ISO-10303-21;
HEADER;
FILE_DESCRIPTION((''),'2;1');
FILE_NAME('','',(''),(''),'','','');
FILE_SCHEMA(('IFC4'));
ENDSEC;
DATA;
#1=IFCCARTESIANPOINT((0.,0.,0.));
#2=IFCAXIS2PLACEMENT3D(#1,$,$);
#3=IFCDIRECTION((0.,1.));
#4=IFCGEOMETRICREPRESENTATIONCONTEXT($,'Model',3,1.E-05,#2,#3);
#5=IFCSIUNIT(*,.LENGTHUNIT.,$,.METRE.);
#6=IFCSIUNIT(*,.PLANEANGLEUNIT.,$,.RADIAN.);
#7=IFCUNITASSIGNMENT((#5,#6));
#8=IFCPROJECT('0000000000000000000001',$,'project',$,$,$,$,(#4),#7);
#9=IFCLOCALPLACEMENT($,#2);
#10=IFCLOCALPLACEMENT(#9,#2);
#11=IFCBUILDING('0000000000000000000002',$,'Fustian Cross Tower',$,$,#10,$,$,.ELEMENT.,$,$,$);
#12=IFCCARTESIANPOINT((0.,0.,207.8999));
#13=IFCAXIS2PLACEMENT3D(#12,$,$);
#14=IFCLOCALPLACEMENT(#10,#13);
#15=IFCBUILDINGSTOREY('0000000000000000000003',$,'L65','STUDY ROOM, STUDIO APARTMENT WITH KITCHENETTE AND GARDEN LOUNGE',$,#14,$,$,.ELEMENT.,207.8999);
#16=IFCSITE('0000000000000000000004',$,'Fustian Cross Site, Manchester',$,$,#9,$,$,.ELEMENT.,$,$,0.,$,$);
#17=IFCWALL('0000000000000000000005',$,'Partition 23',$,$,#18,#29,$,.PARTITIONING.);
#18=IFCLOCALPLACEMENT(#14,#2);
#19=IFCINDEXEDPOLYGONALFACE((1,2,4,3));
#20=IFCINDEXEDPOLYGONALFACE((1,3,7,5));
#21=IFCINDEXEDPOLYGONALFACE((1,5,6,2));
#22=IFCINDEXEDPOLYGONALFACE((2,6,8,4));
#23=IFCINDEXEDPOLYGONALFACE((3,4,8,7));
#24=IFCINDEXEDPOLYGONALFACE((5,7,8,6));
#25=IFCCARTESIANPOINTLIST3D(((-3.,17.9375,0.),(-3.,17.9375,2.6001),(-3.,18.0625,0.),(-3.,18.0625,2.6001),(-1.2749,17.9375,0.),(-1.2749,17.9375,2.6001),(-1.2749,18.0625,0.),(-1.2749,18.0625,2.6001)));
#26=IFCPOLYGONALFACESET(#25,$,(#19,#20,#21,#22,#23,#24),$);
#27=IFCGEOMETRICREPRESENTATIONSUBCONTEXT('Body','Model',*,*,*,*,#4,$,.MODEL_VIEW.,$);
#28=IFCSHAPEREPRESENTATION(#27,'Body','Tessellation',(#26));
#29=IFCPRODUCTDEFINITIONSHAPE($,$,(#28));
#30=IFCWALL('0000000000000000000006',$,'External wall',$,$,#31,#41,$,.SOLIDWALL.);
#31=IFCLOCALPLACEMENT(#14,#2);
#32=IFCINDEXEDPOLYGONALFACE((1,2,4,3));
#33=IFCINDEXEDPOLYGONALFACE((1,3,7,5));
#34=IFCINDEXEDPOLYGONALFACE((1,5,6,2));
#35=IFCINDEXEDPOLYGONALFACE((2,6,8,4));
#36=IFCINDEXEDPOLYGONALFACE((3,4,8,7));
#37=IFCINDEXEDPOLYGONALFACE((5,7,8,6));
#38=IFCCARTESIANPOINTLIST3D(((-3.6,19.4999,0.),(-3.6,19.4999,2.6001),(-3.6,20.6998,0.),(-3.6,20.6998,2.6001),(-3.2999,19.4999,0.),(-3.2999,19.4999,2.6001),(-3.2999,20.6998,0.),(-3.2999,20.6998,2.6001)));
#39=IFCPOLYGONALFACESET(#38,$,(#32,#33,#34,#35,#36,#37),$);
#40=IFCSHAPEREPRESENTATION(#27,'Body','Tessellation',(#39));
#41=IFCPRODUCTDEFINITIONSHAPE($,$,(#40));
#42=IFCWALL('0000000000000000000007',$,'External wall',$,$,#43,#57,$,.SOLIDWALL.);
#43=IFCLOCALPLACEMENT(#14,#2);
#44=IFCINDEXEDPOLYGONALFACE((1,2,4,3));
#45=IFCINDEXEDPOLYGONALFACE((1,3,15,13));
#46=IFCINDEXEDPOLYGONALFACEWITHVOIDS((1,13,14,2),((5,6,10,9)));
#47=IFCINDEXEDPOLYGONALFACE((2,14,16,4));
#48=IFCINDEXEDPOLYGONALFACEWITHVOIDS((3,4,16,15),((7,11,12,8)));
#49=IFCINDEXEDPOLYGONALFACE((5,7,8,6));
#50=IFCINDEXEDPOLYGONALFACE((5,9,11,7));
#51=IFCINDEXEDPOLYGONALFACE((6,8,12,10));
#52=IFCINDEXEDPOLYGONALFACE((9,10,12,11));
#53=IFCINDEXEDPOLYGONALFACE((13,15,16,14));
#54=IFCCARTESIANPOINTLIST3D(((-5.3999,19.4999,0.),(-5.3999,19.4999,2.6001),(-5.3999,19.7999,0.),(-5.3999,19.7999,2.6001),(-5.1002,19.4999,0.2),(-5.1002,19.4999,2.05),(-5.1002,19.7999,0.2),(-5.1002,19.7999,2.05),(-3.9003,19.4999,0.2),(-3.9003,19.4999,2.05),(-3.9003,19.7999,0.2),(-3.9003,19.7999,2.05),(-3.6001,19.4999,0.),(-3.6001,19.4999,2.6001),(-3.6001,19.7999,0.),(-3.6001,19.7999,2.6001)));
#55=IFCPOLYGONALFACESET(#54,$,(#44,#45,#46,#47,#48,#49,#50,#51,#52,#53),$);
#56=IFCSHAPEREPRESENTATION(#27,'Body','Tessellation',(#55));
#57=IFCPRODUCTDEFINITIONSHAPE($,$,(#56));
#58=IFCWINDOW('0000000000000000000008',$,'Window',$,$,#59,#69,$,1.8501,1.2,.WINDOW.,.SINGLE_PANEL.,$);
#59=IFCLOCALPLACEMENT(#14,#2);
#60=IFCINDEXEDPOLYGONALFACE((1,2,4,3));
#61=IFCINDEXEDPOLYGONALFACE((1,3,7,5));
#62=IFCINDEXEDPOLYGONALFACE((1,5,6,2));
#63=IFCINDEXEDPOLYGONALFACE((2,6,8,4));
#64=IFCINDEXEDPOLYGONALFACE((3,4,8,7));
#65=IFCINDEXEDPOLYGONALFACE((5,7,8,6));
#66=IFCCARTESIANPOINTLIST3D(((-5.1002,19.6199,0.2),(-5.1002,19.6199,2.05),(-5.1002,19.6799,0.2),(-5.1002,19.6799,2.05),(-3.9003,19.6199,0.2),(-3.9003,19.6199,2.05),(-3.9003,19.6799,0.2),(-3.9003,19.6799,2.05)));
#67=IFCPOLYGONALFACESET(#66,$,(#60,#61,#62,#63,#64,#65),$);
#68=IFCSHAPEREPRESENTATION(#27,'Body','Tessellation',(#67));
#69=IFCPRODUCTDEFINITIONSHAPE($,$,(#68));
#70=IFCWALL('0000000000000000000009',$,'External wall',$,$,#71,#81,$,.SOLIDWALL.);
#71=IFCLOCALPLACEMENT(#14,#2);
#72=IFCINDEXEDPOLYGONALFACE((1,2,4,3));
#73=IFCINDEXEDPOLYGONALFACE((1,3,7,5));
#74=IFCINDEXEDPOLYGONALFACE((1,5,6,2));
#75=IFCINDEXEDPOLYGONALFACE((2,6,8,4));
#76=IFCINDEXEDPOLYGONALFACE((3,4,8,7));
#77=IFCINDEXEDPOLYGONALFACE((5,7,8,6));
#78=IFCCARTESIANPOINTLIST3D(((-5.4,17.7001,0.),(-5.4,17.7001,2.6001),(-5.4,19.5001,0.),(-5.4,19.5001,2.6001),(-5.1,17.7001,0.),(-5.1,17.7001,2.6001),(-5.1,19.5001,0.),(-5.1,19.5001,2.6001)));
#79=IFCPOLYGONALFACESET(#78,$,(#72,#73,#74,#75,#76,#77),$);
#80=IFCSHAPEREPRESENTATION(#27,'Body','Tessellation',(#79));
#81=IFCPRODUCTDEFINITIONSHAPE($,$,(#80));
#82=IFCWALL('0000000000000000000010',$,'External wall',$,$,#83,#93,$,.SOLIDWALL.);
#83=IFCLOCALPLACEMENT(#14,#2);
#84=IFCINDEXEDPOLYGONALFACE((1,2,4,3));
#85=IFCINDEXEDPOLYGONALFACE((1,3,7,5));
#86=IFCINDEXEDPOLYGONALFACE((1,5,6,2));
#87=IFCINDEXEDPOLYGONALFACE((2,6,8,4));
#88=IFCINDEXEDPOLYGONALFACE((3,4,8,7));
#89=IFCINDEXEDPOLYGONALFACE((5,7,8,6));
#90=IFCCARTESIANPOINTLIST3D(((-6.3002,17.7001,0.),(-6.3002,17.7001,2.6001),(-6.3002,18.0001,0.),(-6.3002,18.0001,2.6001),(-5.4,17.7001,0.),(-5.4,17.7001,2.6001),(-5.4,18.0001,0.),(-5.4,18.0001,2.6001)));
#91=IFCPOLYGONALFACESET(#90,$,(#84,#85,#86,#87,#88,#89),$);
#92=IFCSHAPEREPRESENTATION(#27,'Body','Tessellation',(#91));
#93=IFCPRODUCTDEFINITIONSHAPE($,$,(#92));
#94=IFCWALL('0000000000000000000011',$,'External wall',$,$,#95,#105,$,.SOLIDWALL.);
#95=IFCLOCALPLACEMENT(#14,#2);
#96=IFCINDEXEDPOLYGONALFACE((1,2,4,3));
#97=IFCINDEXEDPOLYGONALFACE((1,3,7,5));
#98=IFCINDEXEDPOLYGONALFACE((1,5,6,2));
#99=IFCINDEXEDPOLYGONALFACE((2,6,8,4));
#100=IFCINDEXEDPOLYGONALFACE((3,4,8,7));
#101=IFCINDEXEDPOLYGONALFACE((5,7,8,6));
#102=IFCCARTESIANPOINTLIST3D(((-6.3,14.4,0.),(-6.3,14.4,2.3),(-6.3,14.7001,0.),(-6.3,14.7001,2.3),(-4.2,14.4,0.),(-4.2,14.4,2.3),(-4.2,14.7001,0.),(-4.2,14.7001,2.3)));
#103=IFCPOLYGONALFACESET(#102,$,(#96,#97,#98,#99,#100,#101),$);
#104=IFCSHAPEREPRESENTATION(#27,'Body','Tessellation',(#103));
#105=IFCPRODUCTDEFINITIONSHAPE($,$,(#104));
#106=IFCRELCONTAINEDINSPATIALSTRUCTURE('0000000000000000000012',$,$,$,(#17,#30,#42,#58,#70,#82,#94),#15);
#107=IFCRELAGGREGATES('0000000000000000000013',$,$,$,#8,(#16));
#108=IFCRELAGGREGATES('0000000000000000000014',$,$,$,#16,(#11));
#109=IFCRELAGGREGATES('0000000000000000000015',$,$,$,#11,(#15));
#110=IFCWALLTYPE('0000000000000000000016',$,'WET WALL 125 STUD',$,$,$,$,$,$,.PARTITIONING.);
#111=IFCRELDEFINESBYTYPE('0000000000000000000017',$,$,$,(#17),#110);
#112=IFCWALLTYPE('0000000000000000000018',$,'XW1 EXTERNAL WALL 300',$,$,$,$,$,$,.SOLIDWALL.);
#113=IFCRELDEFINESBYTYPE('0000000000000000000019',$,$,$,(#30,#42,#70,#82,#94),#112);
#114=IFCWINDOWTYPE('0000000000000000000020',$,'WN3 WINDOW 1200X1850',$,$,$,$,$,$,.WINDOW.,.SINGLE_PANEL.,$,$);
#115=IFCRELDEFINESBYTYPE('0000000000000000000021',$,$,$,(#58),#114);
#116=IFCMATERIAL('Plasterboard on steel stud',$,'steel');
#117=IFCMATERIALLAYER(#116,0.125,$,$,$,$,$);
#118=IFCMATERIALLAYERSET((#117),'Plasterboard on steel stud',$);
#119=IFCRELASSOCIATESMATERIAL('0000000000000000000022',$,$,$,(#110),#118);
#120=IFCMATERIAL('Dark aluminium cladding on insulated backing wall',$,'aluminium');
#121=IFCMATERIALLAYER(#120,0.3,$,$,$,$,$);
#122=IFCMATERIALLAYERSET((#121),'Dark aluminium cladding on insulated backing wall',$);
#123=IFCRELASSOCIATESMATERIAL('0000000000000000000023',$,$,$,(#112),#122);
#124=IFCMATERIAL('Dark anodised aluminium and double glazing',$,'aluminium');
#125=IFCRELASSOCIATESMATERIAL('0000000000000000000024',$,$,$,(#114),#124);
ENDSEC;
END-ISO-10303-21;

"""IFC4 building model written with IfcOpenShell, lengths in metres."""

from ifc_helpers import new_model, si_unit, direction, frame, frame_2d, origin, place, context, subcontext, project, spatial, rectangle, extrude, material, layer, layer_set, type_object, element, fill, save


model = new_model("IFC4")

# Units and contexts
model_context = context("Model", 3, precision=1e-05, world=origin(), true_north=direction((0.0, 1.0)))
body_context = subcontext(model_context, "Body", "Model", "MODEL_VIEW")
ifc_project = project(units=[si_unit("LENGTHUNIT", "METRE"), si_unit("PLANEANGLEUNIT", "RADIAN")], contexts=[model_context])

# Site, building, storey
site_placement = place(None, origin())
site = spatial("IfcSite", under=ifc_project, at=site_placement, Name="Fustian Cross Site, Manchester", CompositionType="ELEMENT", RefElevation=0.0)
building_placement = place(site_placement, origin())
building = spatial("IfcBuilding", under=site, at=building_placement, Name="Fustian Cross Tower", CompositionType="ELEMENT")
storey_placement = place(building_placement, frame((0.0, 0.0, 207.8999)))
storey = spatial("IfcBuildingStorey", under=building, at=storey_placement, Name="L65", Description="STUDY ROOM, STUDIO APARTMENT WITH KITCHENETTE AND GARDEN LOUNGE", CompositionType="ELEMENT", Elevation=207.8999)

# Walls
ifc_material_1 = material(Name="Plasterboard on steel stud", Category="steel")
ifc_layer_1 = layer(ifc_material_1, 0.125)
ifc_layer_set_1 = layer_set([ifc_layer_1], Name="Plasterboard on steel stud")
wall_type_1 = type_object("IfcWallType", Name="WET WALL 125 STUD", PredefinedType="PARTITIONING", material=ifc_layer_set_1)
wall_1_placement = place(storey_placement, frame((-3.0, 18.0, 0.0), z_axis=(0.0, 0.0, 1.0), x_axis=(1.0, 0.0, 0.0)))
element("IfcWall", 1, at=wall_1_placement, inside=storey, type_object=wall_type_1, Name="Partition 23", PredefinedType="PARTITIONING", context=body_context, shape_type="SweptSolid", body=[
    extrude(rectangle(XDim=1.7251, YDim=0.125, at=frame_2d((0.8625, 0.0))), origin(), (0.0, 0.0, 1.0), 2.6001),
])
ifc_material_2 = material(Name="Dark aluminium cladding on insulated backing wall", Category="aluminium")
ifc_layer_2 = layer(ifc_material_2, 0.3)
ifc_layer_set_2 = layer_set([ifc_layer_2], Name="Dark aluminium cladding on insulated backing wall")
wall_type_2 = type_object("IfcWallType", Name="XW1 EXTERNAL WALL 300", PredefinedType="SOLIDWALL", material=ifc_layer_set_2)
wall_2_placement = place(storey_placement, frame((-3.45, 20.7, 0.0), z_axis=(0.0, 0.0, 1.0), x_axis=(0.0, -1.0, 0.0)))
element("IfcWall", 2, at=wall_2_placement, inside=storey, type_object=wall_type_2, Name="External wall", PredefinedType="SOLIDWALL", context=body_context, shape_type="SweptSolid", body=[
    extrude(rectangle(XDim=1.2, YDim=0.3, at=frame_2d((0.6001, 0.0))), origin(), (0.0, 0.0, 1.0), 2.6001),
])

# Wall, opening, window
wall_3_placement = place(storey_placement, frame((-3.6001, 19.6499, 0.0), z_axis=(0.0, 0.0, 1.0), x_axis=(-1.0, 0.0, 0.0)))
wall_3 = element("IfcWall", 3, at=wall_3_placement, inside=storey, type_object=wall_type_2, Name="External wall", PredefinedType="SOLIDWALL", context=body_context, shape_type="SweptSolid", body=[
    extrude(rectangle(XDim=1.7998, YDim=0.3, at=frame_2d((0.8999, 0.0))), origin(), (0.0, 0.0, 1.0), 2.6001),
])
opening_1_placement = place(wall_3_placement, frame((0.3, 0.0, 0.2)))
opening_1 = element("IfcOpeningElement", 4, at=opening_1_placement, cuts=wall_3, PredefinedType="OPENING", context=body_context, shape_type="SweptSolid", body=[
    extrude(rectangle(XDim=1.2, YDim=1.8501, at=frame_2d((0.6001, 0.925))), frame((0.0, 0.1599, 0.0), z_axis=(0.0, -1.0, 0.0), x_axis=(1.0, 0.0, 0.0)), (0.0, 0.0, 1.0), 0.3201),
])
ifc_material_3 = material(Name="Dark anodised aluminium and double glazing", Category="aluminium")
window_type = type_object("IfcWindowType", Name="WN3 WINDOW 1200X1850", PartitioningType="SINGLE_PANEL", PredefinedType="WINDOW", material=ifc_material_3)
window_placement = place(opening_1_placement, origin())
window = element("IfcWindow", 5, at=window_placement, inside=storey, type_object=window_type, Name="Window", OverallHeight=1.8501, OverallWidth=1.2, PartitioningType="SINGLE_PANEL", PredefinedType="WINDOW", context=body_context, shape_type="SweptSolid", body=[
    extrude(rectangle(XDim=1.2, YDim=1.8501, at=frame_2d((0.6001, 0.925))), frame((0.0, 0.03, 0.0), z_axis=(0.0, -1.0, 0.0), x_axis=(1.0, 0.0, 0.0)), (0.0, 0.0, 1.0), 0.0601),
])
fill(opening_1, window)

# Walls
wall_4_placement = place(storey_placement, frame((-5.25, 19.5, 0.0), z_axis=(0.0, 0.0, 1.0), x_axis=(0.0, -1.0, 0.0)))
element("IfcWall", 6, at=wall_4_placement, inside=storey, type_object=wall_type_2, Name="External wall", PredefinedType="SOLIDWALL", context=body_context, shape_type="SweptSolid", body=[
    extrude(rectangle(XDim=1.8, YDim=0.3, at=frame_2d((0.8999, 0.0))), origin(), (0.0, 0.0, 1.0), 2.6001),
])
wall_5_placement = place(storey_placement, frame((-5.3999, 17.8501, 0.0), z_axis=(0.0, 0.0, 1.0), x_axis=(-1.0, 0.0, 0.0)))
element("IfcWall", 7, at=wall_5_placement, inside=storey, type_object=wall_type_2, Name="External wall", PredefinedType="SOLIDWALL", context=body_context, shape_type="SweptSolid", body=[
    extrude(rectangle(XDim=0.9001, YDim=0.3, at=frame_2d((0.4502, 0.0))), origin(), (0.0, 0.0, 1.0), 2.6001),
])
wall_6_placement = place(storey_placement, frame((-6.3, 14.55, 0.0), z_axis=(0.0, 0.0, 1.0), x_axis=(1.0, 0.0, 0.0)))
element("IfcWall", 8, at=wall_6_placement, inside=storey, type_object=wall_type_2, Name="External wall", PredefinedType="SOLIDWALL", context=body_context, shape_type="SweptSolid", body=[
    extrude(rectangle(XDim=2.1001, YDim=0.3, at=frame_2d((1.05, 0.0))), origin(), (0.0, 0.0, 1.0), 2.3),
])

save(model, "model.ifc")
